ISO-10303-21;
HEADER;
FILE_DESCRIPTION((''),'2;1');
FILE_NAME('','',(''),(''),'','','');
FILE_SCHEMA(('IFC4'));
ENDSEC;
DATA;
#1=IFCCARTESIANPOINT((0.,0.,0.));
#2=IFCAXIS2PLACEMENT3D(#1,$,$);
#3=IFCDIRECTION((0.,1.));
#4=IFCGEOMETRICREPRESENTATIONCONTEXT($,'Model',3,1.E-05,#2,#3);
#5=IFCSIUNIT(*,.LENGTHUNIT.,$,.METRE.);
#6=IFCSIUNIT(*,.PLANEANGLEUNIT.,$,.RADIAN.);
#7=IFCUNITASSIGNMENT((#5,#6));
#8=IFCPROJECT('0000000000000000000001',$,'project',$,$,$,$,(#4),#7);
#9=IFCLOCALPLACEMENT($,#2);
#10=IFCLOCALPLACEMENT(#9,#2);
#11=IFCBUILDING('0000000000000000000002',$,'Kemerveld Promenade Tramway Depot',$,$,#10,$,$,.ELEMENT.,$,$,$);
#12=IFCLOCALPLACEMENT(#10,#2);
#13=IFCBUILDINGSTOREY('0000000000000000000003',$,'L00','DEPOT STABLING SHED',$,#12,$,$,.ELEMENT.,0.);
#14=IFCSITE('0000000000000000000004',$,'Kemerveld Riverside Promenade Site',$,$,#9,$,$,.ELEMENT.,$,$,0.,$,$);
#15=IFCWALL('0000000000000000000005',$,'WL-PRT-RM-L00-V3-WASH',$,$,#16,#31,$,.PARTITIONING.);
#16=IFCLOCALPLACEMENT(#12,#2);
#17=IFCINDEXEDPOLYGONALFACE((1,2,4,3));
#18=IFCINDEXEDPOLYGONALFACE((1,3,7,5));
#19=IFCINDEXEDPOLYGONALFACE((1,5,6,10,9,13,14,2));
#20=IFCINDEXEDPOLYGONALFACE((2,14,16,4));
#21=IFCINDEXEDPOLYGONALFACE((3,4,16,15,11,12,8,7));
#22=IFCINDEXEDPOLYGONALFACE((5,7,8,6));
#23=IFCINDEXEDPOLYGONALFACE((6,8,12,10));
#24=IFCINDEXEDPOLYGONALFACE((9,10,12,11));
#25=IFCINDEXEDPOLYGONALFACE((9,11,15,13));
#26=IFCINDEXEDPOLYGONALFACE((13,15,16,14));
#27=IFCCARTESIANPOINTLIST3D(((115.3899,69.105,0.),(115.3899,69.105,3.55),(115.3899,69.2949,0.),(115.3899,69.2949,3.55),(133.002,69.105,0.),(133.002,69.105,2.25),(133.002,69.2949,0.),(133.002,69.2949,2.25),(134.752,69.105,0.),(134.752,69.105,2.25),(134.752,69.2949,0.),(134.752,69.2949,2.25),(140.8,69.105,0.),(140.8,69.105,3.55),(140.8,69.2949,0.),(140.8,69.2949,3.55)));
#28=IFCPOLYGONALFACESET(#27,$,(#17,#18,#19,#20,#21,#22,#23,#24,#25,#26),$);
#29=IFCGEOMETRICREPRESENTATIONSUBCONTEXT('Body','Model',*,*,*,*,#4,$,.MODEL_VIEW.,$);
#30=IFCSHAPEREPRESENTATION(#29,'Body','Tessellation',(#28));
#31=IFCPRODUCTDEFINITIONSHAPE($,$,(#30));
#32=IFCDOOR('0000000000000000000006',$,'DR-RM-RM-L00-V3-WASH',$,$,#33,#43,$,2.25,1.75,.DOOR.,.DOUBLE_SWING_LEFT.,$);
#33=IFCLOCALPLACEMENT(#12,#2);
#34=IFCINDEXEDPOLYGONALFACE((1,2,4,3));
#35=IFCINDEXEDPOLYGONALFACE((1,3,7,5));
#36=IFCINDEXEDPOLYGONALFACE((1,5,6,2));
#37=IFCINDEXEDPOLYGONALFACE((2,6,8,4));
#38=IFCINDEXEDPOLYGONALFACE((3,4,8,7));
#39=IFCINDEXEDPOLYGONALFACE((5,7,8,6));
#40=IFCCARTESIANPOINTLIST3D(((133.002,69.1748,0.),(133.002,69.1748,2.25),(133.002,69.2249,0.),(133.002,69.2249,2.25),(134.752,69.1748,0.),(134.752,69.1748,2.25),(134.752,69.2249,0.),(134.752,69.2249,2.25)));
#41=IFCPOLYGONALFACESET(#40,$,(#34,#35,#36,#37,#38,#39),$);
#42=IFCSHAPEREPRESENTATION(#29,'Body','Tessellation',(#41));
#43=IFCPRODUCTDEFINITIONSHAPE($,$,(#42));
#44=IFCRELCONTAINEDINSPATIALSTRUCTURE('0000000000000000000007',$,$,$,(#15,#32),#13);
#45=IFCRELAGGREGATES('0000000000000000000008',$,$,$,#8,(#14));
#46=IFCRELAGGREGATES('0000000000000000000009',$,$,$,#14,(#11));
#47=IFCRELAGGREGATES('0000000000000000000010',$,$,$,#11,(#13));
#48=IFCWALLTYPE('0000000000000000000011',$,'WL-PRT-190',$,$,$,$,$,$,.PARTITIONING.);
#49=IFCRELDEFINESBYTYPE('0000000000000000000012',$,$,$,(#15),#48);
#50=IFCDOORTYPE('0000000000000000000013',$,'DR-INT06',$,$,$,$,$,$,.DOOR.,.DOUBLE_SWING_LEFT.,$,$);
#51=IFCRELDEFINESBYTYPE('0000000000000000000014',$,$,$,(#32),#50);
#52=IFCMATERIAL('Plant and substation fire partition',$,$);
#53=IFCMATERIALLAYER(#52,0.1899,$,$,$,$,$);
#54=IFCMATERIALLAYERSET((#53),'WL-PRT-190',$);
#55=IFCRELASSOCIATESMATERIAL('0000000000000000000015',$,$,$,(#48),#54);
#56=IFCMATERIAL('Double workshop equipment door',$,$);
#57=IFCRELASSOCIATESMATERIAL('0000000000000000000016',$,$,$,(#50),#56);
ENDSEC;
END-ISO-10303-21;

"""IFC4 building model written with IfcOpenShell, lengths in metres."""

from ifc_helpers import new_model, si_unit, direction, frame, frame_2d, origin, place, context, subcontext, project, spatial, rectangle, extrude, material, layer, layer_set, type_object, element, fill, save


model = new_model("IFC4")

# Units and contexts
model_context = context("Model", 3, precision=1e-05, world=origin(), true_north=direction((0.0, 1.0)))
body_context = subcontext(model_context, "Body", "Model", "MODEL_VIEW")
ifc_project = project(units=[si_unit("LENGTHUNIT", "METRE"), si_unit("PLANEANGLEUNIT", "RADIAN")], contexts=[model_context])

# Site, building, storey
site_placement = place(None, origin())
site = spatial("IfcSite", under=ifc_project, at=site_placement, Name="Kemerveld Riverside Promenade Site", CompositionType="ELEMENT", RefElevation=0.0)
building_placement = place(site_placement, origin())
building = spatial("IfcBuilding", under=site, at=building_placement, Name="Kemerveld Promenade Tramway Depot", CompositionType="ELEMENT")
storey_placement = place(building_placement, origin())
storey = spatial("IfcBuildingStorey", under=building, at=storey_placement, Name="L00", Description="DEPOT STABLING SHED", CompositionType="ELEMENT", Elevation=0.0)

# Wall, opening, door
ifc_material_1 = material(Name="Plant and substation fire partition")
ifc_layer_1 = layer(ifc_material_1, 0.1899)
ifc_layer_set_1 = layer_set([ifc_layer_1], Name="WL-PRT-190")
wall_type_1 = type_object("IfcWallType", Name="WL-PRT-190", PredefinedType="PARTITIONING", material=ifc_layer_set_1)
wall_1_placement = place(storey_placement, frame((115.3899, 69.2, 0.0), z_axis=(0.0, 0.0, 1.0), x_axis=(1.0, 0.0, 0.0)))
wall_1 = element("IfcWall", 1, at=wall_1_placement, inside=storey, type_object=wall_type_1, Name="WL-PRT-RM-L00-V3-WASH", PredefinedType="PARTITIONING", context=body_context, shape_type="SweptSolid", body=[
    extrude(rectangle(XDim=25.4102, YDim=0.1899, at=frame_2d((12.7051, 0.0))), origin(), (0.0, 0.0, 1.0), 3.55),
])
opening_placement = place(wall_1_placement, frame((17.6121, 0.0, 0.0)))
opening = element("IfcOpeningElement", 2, at=opening_placement, cuts=wall_1, PredefinedType="OPENING", context=body_context, shape_type="SweptSolid", body=[
    extrude(rectangle(XDim=1.75, YDim=2.25, at=frame_2d((0.875, 1.125))), frame((0.0, 0.105, 0.0), z_axis=(0.0, -1.0, 0.0), x_axis=(1.0, 0.0, 0.0)), (0.0, 0.0, 1.0), 0.21),
])
ifc_material_2 = material(Name="Double workshop equipment door")
door_type = type_object("IfcDoorType", Name="DR-INT06", OperationType="DOUBLE_SWING_LEFT", PredefinedType="DOOR", material=ifc_material_2)
door_placement = place(opening_placement, origin())
door = element("IfcDoor", 3, at=door_placement, inside=storey, type_object=door_type, Name="DR-RM-RM-L00-V3-WASH", OperationType="DOUBLE_SWING_LEFT", OverallHeight=2.25, OverallWidth=1.75, PredefinedType="DOOR", context=body_context, shape_type="SweptSolid", body=[
    extrude(rectangle(XDim=1.75, YDim=2.25, at=frame_2d((0.875, 1.125))), frame((0.0, 0.0249, 0.0), z_axis=(0.0, -1.0, 0.0), x_axis=(1.0, 0.0, 0.0)), (0.0, 0.0, 1.0), 0.05),
])
fill(opening, door)

save(model, "model.ifc")
